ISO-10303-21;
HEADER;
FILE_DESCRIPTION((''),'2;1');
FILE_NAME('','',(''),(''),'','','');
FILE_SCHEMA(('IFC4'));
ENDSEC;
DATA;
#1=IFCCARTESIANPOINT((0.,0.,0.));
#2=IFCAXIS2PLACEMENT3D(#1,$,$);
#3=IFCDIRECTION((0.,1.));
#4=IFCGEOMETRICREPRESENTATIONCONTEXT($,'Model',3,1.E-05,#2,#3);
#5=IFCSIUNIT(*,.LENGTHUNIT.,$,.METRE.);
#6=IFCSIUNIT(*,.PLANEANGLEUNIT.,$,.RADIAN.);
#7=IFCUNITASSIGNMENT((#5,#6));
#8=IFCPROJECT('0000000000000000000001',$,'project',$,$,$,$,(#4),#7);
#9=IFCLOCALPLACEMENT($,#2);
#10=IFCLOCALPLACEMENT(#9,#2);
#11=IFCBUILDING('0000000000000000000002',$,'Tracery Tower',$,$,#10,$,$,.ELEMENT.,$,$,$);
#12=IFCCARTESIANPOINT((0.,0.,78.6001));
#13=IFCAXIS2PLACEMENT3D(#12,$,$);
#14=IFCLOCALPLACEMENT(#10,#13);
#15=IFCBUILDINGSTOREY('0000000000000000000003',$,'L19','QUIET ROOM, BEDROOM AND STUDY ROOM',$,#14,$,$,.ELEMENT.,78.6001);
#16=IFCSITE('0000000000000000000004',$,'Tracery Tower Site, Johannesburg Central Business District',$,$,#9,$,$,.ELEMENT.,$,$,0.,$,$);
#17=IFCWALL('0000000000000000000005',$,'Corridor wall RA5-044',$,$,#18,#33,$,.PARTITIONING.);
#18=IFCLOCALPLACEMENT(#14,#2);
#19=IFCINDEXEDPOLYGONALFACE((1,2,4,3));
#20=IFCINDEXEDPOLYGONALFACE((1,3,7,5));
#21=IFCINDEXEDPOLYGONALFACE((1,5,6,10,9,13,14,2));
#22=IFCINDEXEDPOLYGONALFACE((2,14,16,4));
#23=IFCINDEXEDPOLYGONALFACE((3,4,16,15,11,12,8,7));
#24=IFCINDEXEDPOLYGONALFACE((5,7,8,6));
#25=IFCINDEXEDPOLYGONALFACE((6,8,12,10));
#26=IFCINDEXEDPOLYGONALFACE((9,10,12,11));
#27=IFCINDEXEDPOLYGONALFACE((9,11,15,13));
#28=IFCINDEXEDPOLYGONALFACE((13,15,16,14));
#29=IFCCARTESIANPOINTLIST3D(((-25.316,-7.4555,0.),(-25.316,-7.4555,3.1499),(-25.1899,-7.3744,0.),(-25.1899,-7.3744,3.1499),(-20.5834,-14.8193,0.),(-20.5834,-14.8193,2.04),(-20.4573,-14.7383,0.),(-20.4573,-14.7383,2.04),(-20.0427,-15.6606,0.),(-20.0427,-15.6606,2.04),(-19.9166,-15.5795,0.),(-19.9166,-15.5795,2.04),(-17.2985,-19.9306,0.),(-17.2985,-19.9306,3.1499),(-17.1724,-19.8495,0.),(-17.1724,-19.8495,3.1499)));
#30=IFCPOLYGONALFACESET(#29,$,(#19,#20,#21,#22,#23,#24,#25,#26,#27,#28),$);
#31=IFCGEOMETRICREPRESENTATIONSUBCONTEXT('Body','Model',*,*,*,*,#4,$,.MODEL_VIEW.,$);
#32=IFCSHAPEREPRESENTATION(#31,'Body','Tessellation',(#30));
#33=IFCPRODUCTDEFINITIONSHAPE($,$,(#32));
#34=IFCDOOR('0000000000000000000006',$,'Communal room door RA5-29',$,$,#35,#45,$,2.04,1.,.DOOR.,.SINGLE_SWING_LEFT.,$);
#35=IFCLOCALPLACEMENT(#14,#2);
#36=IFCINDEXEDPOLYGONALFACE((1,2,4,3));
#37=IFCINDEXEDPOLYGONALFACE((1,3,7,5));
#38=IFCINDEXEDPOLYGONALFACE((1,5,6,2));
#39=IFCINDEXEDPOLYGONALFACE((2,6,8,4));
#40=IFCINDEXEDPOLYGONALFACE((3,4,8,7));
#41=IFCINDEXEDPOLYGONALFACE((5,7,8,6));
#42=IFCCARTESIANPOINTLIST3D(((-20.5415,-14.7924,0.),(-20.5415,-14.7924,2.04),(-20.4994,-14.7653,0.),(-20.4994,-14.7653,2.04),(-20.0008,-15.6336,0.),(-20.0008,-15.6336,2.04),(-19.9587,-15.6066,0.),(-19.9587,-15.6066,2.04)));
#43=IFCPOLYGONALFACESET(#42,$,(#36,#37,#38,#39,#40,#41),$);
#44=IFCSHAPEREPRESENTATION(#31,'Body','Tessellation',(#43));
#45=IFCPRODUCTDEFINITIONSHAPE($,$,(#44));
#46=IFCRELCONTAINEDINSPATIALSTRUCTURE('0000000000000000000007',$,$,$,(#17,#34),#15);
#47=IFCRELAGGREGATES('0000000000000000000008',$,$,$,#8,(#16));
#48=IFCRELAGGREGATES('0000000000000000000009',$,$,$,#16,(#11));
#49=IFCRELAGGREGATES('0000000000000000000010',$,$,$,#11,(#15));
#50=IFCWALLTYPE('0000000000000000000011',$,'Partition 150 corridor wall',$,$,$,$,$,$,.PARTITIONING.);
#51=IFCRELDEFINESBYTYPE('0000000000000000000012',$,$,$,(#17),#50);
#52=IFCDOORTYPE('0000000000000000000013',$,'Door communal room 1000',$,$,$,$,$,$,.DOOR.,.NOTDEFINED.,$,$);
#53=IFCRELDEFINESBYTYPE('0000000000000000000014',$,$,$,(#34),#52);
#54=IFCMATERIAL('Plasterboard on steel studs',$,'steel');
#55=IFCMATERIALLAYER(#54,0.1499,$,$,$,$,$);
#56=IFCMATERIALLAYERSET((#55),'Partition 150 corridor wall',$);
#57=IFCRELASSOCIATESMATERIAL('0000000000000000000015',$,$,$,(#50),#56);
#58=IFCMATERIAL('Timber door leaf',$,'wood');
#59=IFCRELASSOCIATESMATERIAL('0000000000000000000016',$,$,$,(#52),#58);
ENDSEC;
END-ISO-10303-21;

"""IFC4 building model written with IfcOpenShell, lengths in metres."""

from ifc_helpers import new_model, si_unit, direction, frame, frame_2d, origin, place, context, subcontext, project, spatial, rectangle, extrude, material, layer, layer_set, type_object, element, fill, save


model = new_model("IFC4")

# Units and contexts
model_context = context("Model", 3, precision=1e-05, world=origin(), true_north=direction((0.0, 1.0)))
body_context = subcontext(model_context, "Body", "Model", "MODEL_VIEW")
ifc_project = project(units=[si_unit("LENGTHUNIT", "METRE"), si_unit("PLANEANGLEUNIT", "RADIAN")], contexts=[model_context])

# Site, building, storey
site_placement = place(None, origin())
site = spatial("IfcSite", under=ifc_project, at=site_placement, Name="Tracery Tower Site, Johannesburg Central Business District", CompositionType="ELEMENT", RefElevation=0.0)
building_placement = place(site_placement, origin())
building = spatial("IfcBuilding", under=site, at=building_placement, Name="Tracery Tower", CompositionType="ELEMENT")
storey_placement = place(building_placement, frame((0.0, 0.0, 78.6001)))
storey = spatial("IfcBuildingStorey", under=building, at=storey_placement, Name="L19", Description="QUIET ROOM, BEDROOM AND STUDY ROOM", CompositionType="ELEMENT", Elevation=78.6001)

# Shared definitions
ifc_material_1 = material(Name="Plasterboard on steel studs", Category="steel")
ifc_layer_1 = layer(ifc_material_1, 0.1499)
ifc_layer_set_1 = layer_set([ifc_layer_1], Name="Partition 150 corridor wall")
wall_type_1 = type_object("IfcWallType", Name="Partition 150 corridor wall", PredefinedType="PARTITIONING", material=ifc_layer_set_1)
ifc_material_2 = material(Name="Timber door leaf", Category="wood")
door_type = type_object("IfcDoorType", Name="Door communal room 1000", OperationType="NOTDEFINED", PredefinedType="DOOR", material=ifc_material_2)

# Wall, opening, door
wall_1_placement = place(storey_placement, frame((-25.2529, -7.415, 0.0), z_axis=(0.0, 0.0, 1.0), x_axis=(0.540656, -0.841244, 0.0)))
wall_1 = element("IfcWall", 1, at=wall_1_placement, inside=storey, type_object=wall_type_1, Name="Corridor wall RA5-044", PredefinedType="PARTITIONING", context=body_context, shape_type="SweptSolid", body=[
    extrude(rectangle(XDim=14.8293, YDim=0.1499, at=frame_2d((7.4146, 0.0))), origin(), (0.0, 0.0, 1.0), 3.1499),
])
opening_1_placement = place(wall_1_placement, frame((8.7534, 0.0, 0.0)))
opening_1 = element("IfcOpeningElement", 2, at=opening_1_placement, cuts=wall_1, PredefinedType="OPENING", context=body_context, shape_type="SweptSolid", body=[
    extrude(rectangle(XDim=1.0, YDim=2.04, at=frame_2d((0.5, 1.02))), frame((0.0, 0.075, 0.0), z_axis=(0.0, -1.0, 0.0), x_axis=(1.0, 0.0, 0.0)), (0.0, 0.0, 1.0), 0.1499),
])
door_1_placement = place(opening_1_placement, origin())
door_1 = element("IfcDoor", 3, at=door_1_placement, inside=storey, type_object=door_type, Name="Communal room door RA5-29", OperationType="SINGLE_SWING_LEFT", OverallHeight=2.04, OverallWidth=1.0, PredefinedType="DOOR", context=body_context, shape_type="SweptSolid", body=[
    extrude(rectangle(XDim=1.0, YDim=2.04, at=frame_2d((0.5, 1.02))), frame((0.0, 0.0249, 0.0), z_axis=(0.0, -1.0, 0.0), x_axis=(1.0, 0.0, 0.0)), (0.0, 0.0, 1.0), 0.05),
])
fill(opening_1, door_1)

save(model, "model.ifc")
